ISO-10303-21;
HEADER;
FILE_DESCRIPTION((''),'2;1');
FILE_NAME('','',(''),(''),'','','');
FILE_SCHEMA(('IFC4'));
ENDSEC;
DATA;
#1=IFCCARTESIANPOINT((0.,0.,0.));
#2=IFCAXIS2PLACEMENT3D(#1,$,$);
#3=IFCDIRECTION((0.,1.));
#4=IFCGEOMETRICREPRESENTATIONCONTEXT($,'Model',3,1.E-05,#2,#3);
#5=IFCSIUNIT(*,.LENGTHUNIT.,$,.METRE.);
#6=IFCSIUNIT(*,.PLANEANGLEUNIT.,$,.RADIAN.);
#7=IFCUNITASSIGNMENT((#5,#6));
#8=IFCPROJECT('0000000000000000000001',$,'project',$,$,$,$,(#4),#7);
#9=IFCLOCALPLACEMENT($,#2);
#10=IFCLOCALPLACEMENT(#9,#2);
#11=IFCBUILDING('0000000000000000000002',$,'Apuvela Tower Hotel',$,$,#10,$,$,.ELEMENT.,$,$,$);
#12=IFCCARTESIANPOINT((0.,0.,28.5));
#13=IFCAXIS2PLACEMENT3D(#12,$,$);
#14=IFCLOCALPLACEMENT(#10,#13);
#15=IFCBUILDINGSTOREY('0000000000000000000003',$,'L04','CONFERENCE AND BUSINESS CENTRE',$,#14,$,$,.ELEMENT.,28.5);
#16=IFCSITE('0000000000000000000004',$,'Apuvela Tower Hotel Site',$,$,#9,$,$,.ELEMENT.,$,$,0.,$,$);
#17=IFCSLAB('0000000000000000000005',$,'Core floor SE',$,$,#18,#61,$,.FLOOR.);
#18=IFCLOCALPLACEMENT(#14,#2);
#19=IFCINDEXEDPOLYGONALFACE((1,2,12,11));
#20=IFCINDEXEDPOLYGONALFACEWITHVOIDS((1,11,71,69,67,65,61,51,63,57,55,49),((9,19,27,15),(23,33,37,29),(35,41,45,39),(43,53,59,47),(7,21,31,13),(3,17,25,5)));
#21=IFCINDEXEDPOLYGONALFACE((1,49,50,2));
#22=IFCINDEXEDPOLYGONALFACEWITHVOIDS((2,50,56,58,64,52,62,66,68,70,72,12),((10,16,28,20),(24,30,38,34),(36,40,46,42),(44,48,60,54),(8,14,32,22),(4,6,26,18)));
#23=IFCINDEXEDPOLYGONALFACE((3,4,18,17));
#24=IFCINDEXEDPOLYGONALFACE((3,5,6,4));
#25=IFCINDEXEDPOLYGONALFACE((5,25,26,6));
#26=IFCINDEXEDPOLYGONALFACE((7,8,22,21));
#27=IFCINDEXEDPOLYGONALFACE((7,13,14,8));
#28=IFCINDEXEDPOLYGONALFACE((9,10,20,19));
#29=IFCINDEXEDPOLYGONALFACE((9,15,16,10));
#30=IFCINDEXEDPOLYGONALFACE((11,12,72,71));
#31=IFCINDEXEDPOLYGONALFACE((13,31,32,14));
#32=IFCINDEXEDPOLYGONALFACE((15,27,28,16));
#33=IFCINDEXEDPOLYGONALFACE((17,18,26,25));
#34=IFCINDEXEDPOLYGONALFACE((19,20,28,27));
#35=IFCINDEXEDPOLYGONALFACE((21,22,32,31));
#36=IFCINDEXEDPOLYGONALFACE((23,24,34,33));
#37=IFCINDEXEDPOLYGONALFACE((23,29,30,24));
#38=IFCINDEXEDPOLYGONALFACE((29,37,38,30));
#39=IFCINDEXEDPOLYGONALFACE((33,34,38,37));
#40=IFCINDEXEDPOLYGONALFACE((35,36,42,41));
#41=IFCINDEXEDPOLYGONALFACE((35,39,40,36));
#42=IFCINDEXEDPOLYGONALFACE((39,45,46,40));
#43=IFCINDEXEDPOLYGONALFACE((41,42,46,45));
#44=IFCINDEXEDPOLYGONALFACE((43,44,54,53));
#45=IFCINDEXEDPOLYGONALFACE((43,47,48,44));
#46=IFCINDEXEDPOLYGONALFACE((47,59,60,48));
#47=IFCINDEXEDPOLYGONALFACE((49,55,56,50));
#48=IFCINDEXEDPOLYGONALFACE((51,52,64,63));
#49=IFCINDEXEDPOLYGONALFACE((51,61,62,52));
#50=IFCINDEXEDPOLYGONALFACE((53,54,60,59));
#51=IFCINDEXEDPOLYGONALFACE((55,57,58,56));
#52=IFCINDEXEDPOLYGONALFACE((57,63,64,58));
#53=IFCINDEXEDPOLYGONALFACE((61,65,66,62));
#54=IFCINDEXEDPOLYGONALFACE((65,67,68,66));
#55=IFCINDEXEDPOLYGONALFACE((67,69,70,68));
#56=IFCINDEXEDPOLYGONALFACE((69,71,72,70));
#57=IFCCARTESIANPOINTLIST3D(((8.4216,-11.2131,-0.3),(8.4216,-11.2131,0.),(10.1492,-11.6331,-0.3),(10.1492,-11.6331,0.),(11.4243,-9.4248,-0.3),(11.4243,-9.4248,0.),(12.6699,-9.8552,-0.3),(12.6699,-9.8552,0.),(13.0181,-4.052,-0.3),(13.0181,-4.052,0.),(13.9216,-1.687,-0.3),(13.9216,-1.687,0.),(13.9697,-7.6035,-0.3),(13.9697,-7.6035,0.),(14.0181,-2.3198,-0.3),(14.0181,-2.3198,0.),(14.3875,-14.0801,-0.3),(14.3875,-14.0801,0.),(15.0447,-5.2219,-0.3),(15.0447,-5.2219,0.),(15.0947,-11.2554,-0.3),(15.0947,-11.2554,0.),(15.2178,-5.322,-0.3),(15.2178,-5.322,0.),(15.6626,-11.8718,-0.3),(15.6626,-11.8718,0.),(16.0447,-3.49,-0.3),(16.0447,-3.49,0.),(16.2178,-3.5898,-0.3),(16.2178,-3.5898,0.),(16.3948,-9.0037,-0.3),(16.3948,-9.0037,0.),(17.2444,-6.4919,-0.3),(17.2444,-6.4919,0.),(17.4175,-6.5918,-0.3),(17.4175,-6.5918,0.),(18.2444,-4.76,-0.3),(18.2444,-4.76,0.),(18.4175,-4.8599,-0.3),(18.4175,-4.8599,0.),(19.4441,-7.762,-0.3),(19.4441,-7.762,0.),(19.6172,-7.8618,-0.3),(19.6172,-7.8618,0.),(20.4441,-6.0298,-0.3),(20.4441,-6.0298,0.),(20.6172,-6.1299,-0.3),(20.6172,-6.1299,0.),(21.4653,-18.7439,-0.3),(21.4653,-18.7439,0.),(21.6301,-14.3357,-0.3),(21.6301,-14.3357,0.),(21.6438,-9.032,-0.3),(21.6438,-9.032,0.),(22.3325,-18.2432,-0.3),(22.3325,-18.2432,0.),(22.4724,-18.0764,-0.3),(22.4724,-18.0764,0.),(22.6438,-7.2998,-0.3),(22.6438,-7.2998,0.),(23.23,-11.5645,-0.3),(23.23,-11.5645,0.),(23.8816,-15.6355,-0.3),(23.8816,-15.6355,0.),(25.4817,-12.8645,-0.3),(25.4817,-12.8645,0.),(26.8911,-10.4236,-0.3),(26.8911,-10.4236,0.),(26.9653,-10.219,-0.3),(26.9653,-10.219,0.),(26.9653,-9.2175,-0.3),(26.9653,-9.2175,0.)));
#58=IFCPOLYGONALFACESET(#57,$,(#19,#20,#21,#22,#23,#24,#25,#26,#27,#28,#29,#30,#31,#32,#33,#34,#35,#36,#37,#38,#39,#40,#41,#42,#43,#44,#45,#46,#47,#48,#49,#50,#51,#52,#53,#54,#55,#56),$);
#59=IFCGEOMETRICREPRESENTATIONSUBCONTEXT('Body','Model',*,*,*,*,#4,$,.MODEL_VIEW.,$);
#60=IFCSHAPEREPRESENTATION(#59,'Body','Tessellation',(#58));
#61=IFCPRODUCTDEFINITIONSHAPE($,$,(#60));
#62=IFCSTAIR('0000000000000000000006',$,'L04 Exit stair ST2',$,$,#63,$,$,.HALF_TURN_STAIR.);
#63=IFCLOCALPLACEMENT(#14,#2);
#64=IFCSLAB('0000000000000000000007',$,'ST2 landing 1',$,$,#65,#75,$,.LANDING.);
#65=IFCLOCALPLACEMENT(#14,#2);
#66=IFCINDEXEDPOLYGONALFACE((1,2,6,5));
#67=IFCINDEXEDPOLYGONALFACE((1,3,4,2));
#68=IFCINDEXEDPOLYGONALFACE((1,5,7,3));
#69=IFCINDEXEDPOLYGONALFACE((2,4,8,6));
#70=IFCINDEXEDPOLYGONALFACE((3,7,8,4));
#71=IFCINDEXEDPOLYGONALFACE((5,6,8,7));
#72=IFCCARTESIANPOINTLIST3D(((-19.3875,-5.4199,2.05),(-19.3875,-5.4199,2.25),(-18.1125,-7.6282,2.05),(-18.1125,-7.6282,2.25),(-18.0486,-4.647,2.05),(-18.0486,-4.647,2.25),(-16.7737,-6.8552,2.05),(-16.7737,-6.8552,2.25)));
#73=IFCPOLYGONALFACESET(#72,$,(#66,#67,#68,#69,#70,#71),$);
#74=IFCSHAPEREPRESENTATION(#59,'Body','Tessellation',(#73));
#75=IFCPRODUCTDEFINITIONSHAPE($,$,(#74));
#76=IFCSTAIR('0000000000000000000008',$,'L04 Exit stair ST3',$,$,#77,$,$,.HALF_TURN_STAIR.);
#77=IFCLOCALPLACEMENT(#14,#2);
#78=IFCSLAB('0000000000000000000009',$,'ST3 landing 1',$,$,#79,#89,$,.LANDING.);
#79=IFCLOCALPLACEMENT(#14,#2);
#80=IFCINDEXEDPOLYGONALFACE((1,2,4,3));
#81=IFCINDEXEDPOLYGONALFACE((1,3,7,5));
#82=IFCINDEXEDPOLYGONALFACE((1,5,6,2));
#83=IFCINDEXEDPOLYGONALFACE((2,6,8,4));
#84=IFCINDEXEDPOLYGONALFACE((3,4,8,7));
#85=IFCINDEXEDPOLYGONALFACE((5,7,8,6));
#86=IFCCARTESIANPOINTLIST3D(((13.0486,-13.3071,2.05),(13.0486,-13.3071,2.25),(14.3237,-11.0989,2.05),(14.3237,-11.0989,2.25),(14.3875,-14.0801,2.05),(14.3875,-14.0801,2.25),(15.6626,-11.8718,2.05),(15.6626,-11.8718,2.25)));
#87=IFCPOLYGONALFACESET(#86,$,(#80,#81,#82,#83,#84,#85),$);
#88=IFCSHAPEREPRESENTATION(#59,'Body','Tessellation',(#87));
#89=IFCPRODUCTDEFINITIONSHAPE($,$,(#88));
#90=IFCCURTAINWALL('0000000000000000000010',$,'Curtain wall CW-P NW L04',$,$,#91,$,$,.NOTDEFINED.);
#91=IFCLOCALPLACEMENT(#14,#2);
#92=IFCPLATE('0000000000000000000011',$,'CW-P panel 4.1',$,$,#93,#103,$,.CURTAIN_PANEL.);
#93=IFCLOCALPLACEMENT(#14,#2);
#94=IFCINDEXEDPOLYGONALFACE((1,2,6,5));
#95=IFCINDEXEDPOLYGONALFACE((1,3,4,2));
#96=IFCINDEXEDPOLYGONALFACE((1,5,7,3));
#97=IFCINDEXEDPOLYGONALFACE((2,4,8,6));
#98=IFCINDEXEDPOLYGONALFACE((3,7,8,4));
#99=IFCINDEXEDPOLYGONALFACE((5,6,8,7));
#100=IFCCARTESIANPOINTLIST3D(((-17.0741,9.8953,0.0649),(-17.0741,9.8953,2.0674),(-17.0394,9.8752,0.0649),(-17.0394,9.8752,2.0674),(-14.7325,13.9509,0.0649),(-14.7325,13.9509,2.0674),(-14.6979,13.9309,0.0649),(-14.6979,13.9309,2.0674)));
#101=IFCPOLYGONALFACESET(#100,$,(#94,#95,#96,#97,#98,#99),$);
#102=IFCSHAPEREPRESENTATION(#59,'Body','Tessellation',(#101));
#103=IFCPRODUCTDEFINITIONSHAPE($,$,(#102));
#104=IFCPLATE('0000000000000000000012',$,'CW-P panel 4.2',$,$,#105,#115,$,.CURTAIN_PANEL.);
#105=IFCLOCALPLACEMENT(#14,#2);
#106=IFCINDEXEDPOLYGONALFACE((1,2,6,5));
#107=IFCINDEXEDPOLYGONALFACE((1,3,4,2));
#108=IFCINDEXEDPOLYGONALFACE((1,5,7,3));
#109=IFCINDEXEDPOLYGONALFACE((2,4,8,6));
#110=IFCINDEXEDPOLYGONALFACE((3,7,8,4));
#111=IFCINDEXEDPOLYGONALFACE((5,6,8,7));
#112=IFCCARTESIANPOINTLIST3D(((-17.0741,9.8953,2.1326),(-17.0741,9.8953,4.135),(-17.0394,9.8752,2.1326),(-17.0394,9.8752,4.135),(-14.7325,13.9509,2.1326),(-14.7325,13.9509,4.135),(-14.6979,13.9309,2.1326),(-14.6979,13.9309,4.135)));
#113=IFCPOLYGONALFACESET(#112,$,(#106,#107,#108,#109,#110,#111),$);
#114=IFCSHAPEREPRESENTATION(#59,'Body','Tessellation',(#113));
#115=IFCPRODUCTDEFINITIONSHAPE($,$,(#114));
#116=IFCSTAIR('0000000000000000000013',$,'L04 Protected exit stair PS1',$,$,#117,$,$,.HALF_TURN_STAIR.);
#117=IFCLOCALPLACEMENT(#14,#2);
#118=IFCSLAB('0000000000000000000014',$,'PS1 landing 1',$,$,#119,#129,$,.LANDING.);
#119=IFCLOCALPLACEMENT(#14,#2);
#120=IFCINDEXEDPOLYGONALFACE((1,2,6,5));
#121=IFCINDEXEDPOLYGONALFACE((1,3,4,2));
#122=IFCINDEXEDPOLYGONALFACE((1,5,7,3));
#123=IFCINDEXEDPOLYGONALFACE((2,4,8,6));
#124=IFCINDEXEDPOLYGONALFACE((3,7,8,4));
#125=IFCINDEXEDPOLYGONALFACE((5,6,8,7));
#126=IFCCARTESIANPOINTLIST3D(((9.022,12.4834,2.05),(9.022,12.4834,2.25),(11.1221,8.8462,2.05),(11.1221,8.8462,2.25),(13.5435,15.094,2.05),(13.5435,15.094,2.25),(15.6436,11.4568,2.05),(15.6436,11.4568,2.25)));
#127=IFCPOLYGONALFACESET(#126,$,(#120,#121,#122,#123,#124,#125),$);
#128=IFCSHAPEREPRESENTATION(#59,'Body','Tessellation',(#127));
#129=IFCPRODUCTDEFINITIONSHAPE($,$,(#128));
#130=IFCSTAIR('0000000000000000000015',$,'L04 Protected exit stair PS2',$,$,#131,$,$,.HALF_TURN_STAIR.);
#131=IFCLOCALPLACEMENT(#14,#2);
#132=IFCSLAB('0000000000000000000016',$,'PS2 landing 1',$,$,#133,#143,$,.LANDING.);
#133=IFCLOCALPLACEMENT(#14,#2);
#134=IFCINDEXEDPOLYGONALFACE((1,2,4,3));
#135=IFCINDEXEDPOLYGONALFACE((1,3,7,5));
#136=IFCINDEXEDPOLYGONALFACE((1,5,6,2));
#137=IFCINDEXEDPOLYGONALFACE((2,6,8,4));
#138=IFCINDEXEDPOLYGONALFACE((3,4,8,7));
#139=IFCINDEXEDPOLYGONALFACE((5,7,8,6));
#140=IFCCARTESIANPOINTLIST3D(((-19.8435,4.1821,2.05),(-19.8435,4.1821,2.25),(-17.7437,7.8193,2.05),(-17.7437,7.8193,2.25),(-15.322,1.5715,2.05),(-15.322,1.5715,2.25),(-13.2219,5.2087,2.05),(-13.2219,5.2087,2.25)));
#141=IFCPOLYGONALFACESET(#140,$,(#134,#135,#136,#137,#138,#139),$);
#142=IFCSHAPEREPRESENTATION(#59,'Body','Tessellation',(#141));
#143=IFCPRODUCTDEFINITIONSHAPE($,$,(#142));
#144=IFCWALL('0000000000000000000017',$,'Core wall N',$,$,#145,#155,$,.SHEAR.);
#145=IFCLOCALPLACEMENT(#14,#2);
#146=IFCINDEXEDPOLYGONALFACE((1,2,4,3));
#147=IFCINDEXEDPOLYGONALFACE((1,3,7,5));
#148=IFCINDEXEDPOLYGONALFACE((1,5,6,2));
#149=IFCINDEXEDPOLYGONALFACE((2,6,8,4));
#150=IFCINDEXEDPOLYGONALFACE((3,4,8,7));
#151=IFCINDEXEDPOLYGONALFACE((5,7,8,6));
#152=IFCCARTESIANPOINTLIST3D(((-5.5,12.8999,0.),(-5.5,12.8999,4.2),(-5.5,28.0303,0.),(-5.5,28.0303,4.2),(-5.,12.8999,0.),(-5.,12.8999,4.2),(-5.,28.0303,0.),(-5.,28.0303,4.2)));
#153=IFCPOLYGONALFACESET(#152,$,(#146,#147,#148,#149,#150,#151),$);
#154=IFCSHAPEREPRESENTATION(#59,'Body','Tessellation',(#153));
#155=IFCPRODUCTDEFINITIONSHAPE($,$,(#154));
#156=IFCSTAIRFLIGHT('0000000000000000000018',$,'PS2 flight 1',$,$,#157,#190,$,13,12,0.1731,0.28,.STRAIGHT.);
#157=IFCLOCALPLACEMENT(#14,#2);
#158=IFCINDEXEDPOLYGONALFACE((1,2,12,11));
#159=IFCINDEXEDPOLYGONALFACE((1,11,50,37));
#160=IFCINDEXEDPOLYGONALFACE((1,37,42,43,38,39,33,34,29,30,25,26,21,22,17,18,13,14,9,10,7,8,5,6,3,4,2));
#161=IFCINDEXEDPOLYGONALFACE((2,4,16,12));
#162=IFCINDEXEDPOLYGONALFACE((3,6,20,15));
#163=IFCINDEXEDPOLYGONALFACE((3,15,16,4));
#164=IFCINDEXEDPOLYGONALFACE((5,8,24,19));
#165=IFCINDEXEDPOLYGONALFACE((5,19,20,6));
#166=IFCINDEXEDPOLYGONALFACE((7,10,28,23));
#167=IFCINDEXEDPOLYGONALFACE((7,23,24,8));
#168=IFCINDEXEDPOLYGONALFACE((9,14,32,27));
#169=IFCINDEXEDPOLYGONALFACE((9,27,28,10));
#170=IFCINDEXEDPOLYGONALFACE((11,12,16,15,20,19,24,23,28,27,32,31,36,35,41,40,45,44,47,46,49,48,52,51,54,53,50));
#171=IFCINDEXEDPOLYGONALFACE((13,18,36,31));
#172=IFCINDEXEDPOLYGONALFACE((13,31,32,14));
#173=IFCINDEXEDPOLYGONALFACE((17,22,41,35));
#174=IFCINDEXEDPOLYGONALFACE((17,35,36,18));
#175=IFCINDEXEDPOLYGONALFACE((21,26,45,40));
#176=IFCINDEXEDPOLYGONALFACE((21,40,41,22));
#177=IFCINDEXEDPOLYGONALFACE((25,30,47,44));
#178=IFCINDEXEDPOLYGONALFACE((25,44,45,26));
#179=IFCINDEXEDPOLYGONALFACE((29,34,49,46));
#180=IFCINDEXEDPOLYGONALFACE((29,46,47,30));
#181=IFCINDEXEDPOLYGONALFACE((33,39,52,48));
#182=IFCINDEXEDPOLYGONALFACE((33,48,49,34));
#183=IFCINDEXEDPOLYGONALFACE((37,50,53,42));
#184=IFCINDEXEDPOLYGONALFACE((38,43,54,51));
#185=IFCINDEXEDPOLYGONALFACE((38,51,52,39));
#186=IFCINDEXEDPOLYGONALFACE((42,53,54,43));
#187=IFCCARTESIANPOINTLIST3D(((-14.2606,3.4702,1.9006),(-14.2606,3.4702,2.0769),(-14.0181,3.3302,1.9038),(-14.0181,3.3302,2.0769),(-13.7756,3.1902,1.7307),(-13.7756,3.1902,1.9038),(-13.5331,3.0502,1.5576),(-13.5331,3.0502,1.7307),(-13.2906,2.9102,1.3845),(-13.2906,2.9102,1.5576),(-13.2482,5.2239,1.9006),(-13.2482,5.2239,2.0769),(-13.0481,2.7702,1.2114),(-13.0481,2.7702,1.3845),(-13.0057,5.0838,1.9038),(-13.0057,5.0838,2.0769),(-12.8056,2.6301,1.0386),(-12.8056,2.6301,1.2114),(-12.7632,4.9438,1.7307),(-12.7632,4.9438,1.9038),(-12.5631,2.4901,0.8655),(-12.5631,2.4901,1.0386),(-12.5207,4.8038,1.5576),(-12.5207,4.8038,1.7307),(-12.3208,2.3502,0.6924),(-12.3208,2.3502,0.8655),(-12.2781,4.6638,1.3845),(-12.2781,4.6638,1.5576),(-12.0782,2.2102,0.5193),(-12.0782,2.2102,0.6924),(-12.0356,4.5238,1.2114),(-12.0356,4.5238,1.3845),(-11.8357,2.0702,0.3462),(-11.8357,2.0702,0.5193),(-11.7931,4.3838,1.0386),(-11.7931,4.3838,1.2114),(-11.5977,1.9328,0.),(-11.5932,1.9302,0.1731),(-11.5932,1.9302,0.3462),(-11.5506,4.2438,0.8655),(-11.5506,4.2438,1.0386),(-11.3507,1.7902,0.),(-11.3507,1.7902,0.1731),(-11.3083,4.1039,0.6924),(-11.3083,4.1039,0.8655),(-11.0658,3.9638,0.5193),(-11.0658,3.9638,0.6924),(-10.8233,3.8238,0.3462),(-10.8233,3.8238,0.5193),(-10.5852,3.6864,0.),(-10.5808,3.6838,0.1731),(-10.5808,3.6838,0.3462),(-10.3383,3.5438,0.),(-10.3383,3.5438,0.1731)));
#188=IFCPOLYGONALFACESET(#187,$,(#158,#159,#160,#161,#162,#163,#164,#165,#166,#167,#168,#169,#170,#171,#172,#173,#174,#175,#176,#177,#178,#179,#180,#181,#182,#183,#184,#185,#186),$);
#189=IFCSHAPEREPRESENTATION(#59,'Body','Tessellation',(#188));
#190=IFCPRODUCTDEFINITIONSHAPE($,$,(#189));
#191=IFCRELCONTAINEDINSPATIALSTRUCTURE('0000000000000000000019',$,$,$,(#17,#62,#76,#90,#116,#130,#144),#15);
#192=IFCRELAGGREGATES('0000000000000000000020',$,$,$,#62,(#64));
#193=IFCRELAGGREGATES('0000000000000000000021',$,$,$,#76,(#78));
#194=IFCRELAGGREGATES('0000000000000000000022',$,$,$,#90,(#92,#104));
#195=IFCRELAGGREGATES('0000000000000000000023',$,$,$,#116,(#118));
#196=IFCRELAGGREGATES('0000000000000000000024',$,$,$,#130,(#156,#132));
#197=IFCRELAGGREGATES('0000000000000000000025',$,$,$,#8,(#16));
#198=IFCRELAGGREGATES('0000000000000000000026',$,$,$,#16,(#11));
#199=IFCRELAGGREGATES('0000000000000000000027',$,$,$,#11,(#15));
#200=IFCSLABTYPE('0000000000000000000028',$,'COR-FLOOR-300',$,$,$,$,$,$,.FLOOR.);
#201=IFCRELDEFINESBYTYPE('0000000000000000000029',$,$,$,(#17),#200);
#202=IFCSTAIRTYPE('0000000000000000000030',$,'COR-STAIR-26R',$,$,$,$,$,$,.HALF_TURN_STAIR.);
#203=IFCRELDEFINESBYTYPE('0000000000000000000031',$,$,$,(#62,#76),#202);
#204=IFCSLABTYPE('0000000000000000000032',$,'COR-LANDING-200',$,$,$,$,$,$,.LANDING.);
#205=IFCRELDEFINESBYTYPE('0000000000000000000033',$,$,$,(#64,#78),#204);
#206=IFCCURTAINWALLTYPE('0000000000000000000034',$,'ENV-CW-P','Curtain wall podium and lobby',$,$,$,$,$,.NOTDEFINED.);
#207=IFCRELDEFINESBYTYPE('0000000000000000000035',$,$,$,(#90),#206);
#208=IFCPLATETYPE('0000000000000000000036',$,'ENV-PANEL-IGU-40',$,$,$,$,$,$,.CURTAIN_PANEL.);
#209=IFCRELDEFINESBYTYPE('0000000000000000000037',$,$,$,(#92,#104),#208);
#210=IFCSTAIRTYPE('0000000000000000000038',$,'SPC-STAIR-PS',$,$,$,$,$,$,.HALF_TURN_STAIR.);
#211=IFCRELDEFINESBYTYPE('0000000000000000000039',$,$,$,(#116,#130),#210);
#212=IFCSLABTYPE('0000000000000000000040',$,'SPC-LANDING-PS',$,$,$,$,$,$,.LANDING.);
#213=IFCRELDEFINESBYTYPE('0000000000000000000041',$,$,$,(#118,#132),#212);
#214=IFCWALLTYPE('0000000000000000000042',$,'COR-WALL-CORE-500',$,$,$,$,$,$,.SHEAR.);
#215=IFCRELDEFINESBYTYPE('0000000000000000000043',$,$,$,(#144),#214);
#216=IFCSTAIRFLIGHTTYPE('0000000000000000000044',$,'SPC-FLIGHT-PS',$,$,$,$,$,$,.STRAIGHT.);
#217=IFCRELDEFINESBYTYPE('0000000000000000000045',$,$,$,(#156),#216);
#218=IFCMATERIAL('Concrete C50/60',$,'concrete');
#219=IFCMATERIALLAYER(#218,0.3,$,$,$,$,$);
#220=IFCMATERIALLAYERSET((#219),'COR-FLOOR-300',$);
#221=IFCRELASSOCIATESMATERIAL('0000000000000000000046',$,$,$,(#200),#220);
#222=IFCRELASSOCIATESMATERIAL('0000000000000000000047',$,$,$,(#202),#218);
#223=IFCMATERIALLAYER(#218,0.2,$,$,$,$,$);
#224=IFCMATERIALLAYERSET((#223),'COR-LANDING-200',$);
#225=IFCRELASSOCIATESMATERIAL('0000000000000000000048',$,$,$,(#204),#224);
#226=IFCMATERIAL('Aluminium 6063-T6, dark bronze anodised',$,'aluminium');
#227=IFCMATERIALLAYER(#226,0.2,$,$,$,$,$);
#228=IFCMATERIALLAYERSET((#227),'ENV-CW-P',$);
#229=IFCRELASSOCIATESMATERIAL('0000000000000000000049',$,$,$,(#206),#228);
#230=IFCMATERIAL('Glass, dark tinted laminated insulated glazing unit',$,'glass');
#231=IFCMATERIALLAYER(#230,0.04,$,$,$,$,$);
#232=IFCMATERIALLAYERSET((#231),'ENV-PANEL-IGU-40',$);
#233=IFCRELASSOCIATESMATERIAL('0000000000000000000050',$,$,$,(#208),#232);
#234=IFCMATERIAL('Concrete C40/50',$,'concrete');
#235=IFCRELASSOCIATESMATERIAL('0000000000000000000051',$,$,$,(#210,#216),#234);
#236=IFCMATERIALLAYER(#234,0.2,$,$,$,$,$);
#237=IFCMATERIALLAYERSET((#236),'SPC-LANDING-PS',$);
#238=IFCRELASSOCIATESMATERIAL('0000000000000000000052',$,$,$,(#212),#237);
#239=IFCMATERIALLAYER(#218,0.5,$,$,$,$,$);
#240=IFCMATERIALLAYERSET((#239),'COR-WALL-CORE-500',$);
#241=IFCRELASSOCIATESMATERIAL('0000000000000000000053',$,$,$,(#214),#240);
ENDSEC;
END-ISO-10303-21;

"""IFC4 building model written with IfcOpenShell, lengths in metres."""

from ifc_helpers import new_model, si_unit, direction, frame, frame_2d, origin, origin_2d, place, context, subcontext, project, spatial, polyline, rectangle, outline, extrude, material, layer, layer_set, type_object, element, aggregate, save


model = new_model("IFC4")

# Units and contexts
model_context = context("Model", 3, precision=1e-05, world=origin(), true_north=direction((0.0, 1.0)))
body_context = subcontext(model_context, "Body", "Model", "MODEL_VIEW")
ifc_project = project(units=[si_unit("LENGTHUNIT", "METRE"), si_unit("PLANEANGLEUNIT", "RADIAN")], contexts=[model_context])

# Site, building, storey
site_placement = place(None, origin())
site = spatial("IfcSite", under=ifc_project, at=site_placement, Name="Apuvela Tower Hotel Site", CompositionType="ELEMENT", RefElevation=0.0)
building_placement = place(site_placement, origin())
building = spatial("IfcBuilding", under=site, at=building_placement, Name="Apuvela Tower Hotel", CompositionType="ELEMENT")
storey_placement = place(building_placement, frame((0.0, 0.0, 28.5)))
storey = spatial("IfcBuildingStorey", under=building, at=storey_placement, Name="L04", Description="CONFERENCE AND BUSINESS CENTRE", CompositionType="ELEMENT", Elevation=28.5)

# Slab
ifc_material_1 = material(Name="Concrete C50/60", Category="concrete")
ifc_layer_1 = layer(ifc_material_1, 0.3)
ifc_layer_set_1 = layer_set([ifc_layer_1], Name="COR-FLOOR-300")
slab_type_1 = type_object("IfcSlabType", Name="COR-FLOOR-300", PredefinedType="FLOOR", material=ifc_layer_set_1)
slab_1_placement = place(storey_placement, frame((0.0, 0.0, -0.3)))
element("IfcSlab", 1, at=slab_1_placement, inside=storey, type_object=slab_type_1, Name="Core floor SE", PredefinedType="FLOOR", context=body_context, shape_type="SweptSolid", body=[
    extrude(outline(polyline([(21.4653, -18.7439), (22.3325, -18.2432), (22.4724, -18.0764), (23.8816, -15.6355), (21.6301, -14.3357), (23.23, -11.5645), (25.4817, -12.8645), (26.8911, -10.4236), (26.9653, -10.219), (26.9653, -9.2175), (13.9216, -1.687), (8.4216, -11.2131), (21.4653, -18.7439)]), holes=[polyline([(13.0181, -4.052), (14.0181, -2.3198), (16.0447, -3.49), (15.0447, -5.2219), (13.0181, -4.052)]), polyline([(17.2444, -6.4919), (15.2178, -5.322), (16.2178, -3.5898), (18.2444, -4.76), (17.2444, -6.4919)]), polyline([(14.3875, -14.0801), (10.1492, -11.6331), (11.4243, -9.4248), (15.6626, -11.8718), (14.3875, -14.0801)]), polyline([(12.6699, -9.8552), (13.9697, -7.6035), (16.3948, -9.0037), (15.0947, -11.2554), (12.6699, -9.8552)]), polyline([(19.4441, -7.762), (17.4175, -6.5918), (18.4175, -4.8599), (20.4441, -6.0298), (19.4441, -7.762)]), polyline([(21.6438, -9.032), (19.6172, -7.8618), (20.6172, -6.1299), (22.6438, -7.2998), (21.6438, -9.032)])]), origin(), (0.0, 0.0, 1.0), 0.3),
])

# Stairs, slabs
stair_type_1 = type_object("IfcStairType", Name="COR-STAIR-26R", PredefinedType="HALF_TURN_STAIR", material=ifc_material_1)
stair_1_placement = place(storey_placement, origin())
stair_1 = element("IfcStair", 2, at=stair_1_placement, inside=storey, type_object=stair_type_1, Name="L04 Exit stair ST2", PredefinedType="HALF_TURN_STAIR")
ifc_layer_2 = layer(ifc_material_1, 0.2)
ifc_layer_set_2 = layer_set([ifc_layer_2], Name="COR-LANDING-200")
slab_type_2 = type_object("IfcSlabType", Name="COR-LANDING-200", PredefinedType="LANDING", material=ifc_layer_set_2)
slab_2_placement = place(storey_placement, frame((0.0, 0.0, 2.05)))
slab_2 = element("IfcSlab", 3, at=slab_2_placement, type_object=slab_type_2, Name="ST2 landing 1", PredefinedType="LANDING", context=body_context, shape_type="SweptSolid", body=[
    extrude(outline(polyline([(-18.0486, -4.647), (-19.3875, -5.4199), (-18.1125, -7.6282), (-16.7737, -6.8552), (-18.0486, -4.647)])), origin(), (0.0, 0.0, 1.0), 0.2),
])
aggregate(stair_1, [slab_2])
stair_2_placement = place(storey_placement, origin())
stair_2 = element("IfcStair", 4, at=stair_2_placement, inside=storey, type_object=stair_type_1, Name="L04 Exit stair ST3", PredefinedType="HALF_TURN_STAIR")
slab_3_placement = place(storey_placement, frame((0.0, 0.0, 2.05)))
slab_3 = element("IfcSlab", 5, at=slab_3_placement, type_object=slab_type_2, Name="ST3 landing 1", PredefinedType="LANDING", context=body_context, shape_type="SweptSolid", body=[
    extrude(outline(polyline([(13.0486, -13.3071), (14.3875, -14.0801), (15.6626, -11.8718), (14.3237, -11.0989), (13.0486, -13.3071)])), origin(), (0.0, 0.0, 1.0), 0.2),
])
aggregate(stair_2, [slab_3])

# Curtain wall, plates
ifc_material_2 = material(Name="Aluminium 6063-T6, dark bronze anodised", Category="aluminium")
ifc_layer_3 = layer(ifc_material_2, 0.2)
ifc_layer_set_3 = layer_set([ifc_layer_3], Name="ENV-CW-P")
curtain_wall_type = type_object("IfcCurtainWallType", Name="ENV-CW-P", Description="Curtain wall podium and lobby", PredefinedType="NOTDEFINED", material=ifc_layer_set_3)
curtain_wall_placement = place(storey_placement, origin())
curtain_wall = element("IfcCurtainWall", 6, at=curtain_wall_placement, inside=storey, type_object=curtain_wall_type, Name="Curtain wall CW-P NW L04", PredefinedType="NOTDEFINED")
ifc_material_3 = material(Name="Glass, dark tinted laminated insulated glazing unit", Category="glass")
ifc_layer_4 = layer(ifc_material_3, 0.04)
ifc_layer_set_4 = layer_set([ifc_layer_4], Name="ENV-PANEL-IGU-40")
plate_type = type_object("IfcPlateType", Name="ENV-PANEL-IGU-40", PredefinedType="CURTAIN_PANEL", material=ifc_layer_set_4)
plate_1_placement = place(storey_placement, frame((-15.886, 11.9131, 0.0649), z_axis=(0.0, 0.0, 1.0), x_axis=(-0.500002, -0.866024, 0.0)))
plate_1 = element("IfcPlate", 7, at=plate_1_placement, type_object=plate_type, Name="CW-P panel 4.1", PredefinedType="CURTAIN_PANEL", context=body_context, shape_type="SweptSolid", body=[
    extrude(rectangle(XDim=4.6831, YDim=0.04, at=origin_2d()), origin(), (0.0, 0.0, 1.0), 2.0024),
])
plate_2_placement = place(storey_placement, frame((-15.886, 11.9131, 2.1326), z_axis=(0.0, 0.0, 1.0), x_axis=(-0.500002, -0.866024, 0.0)))
plate_2 = element("IfcPlate", 8, at=plate_2_placement, type_object=plate_type, Name="CW-P panel 4.2", PredefinedType="CURTAIN_PANEL", context=body_context, shape_type="SweptSolid", body=[
    extrude(rectangle(XDim=4.6831, YDim=0.04, at=origin_2d()), origin(), (0.0, 0.0, 1.0), 2.0024),
])
aggregate(curtain_wall, [plate_1, plate_2])

# Stairs, slabs
ifc_material_4 = material(Name="Concrete C40/50", Category="concrete")
stair_type_2 = type_object("IfcStairType", Name="SPC-STAIR-PS", PredefinedType="HALF_TURN_STAIR", material=ifc_material_4)
stair_3_placement = place(storey_placement, origin())
stair_3 = element("IfcStair", 9, at=stair_3_placement, inside=storey, type_object=stair_type_2, Name="L04 Protected exit stair PS1", PredefinedType="HALF_TURN_STAIR")
ifc_layer_5 = layer(ifc_material_4, 0.2)
ifc_layer_set_5 = layer_set([ifc_layer_5], Name="SPC-LANDING-PS")
slab_type_3 = type_object("IfcSlabType", Name="SPC-LANDING-PS", PredefinedType="LANDING", material=ifc_layer_set_5)
slab_4_placement = place(storey_placement, frame((0.0, 0.0, 2.05)))
slab_4 = element("IfcSlab", 10, at=slab_4_placement, type_object=slab_type_3, Name="PS1 landing 1", PredefinedType="LANDING", context=body_context, shape_type="SweptSolid", body=[
    extrude(outline(polyline([(11.1221, 8.8462), (15.6436, 11.4568), (13.5435, 15.094), (9.022, 12.4834), (11.1221, 8.8462)])), origin(), (0.0, 0.0, 1.0), 0.2),
])
aggregate(stair_3, [slab_4])
stair_4_placement = place(storey_placement, origin())
stair_4 = element("IfcStair", 11, at=stair_4_placement, inside=storey, type_object=stair_type_2, Name="L04 Protected exit stair PS2", PredefinedType="HALF_TURN_STAIR")
slab_5_placement = place(storey_placement, frame((0.0, 0.0, 2.05)))
slab_5 = element("IfcSlab", 12, at=slab_5_placement, type_object=slab_type_3, Name="PS2 landing 1", PredefinedType="LANDING", context=body_context, shape_type="SweptSolid", body=[
    extrude(outline(polyline([(-13.2219, 5.2087), (-17.7437, 7.8193), (-19.8435, 4.1821), (-15.322, 1.5715), (-13.2219, 5.2087)])), origin(), (0.0, 0.0, 1.0), 0.2),
])

# Wall
ifc_layer_6 = layer(ifc_material_1, 0.5)
ifc_layer_set_6 = layer_set([ifc_layer_6], Name="COR-WALL-CORE-500")
wall_type = type_object("IfcWallType", Name="COR-WALL-CORE-500", PredefinedType="SHEAR", material=ifc_layer_set_6)
wall_placement = place(storey_placement, frame((-5.25, 12.8999, 0.0), z_axis=(0.0, 0.0, 1.0), x_axis=(0.0, 1.0, 0.0)))
element("IfcWall", 13, at=wall_placement, inside=storey, type_object=wall_type, Name="Core wall N", PredefinedType="SHEAR", context=body_context, shape_type="SweptSolid", body=[
    extrude(rectangle(XDim=15.1304, YDim=0.5, at=frame_2d((7.5652, 0.0))), origin(), (0.0, 0.0, 1.0), 4.2),
])

# Stair flight
stair_flight_type = type_object("IfcStairFlightType", Name="SPC-FLIGHT-PS", PredefinedType="STRAIGHT", material=ifc_material_4)
stair_flight_1_placement = place(storey_placement, frame((-10.8445, 2.667, 0.0), z_axis=(0.0, 0.0, 1.0), x_axis=(-0.866025, 0.5, 0.0)))
stair_flight_1 = element("IfcStairFlight", 14, at=stair_flight_1_placement, type_object=stair_flight_type, Name="PS2 flight 1", NumberOfRisers=13, NumberOfTreads=12, PredefinedType="STRAIGHT", RiserHeight=0.1731, TreadLength=0.28, context=body_context, shape_type="SweptSolid", body=[
    extrude(outline(polyline([(0.0, 0.0), (0.0, 0.1731), (0.28, 0.1731), (0.28, 0.3462), (0.5601, 0.3462), (0.5601, 0.5193), (0.8401, 0.5193), (0.8401, 0.6924), (1.1201, 0.6924), (1.1201, 0.8655), (1.3999, 0.8655), (1.3999, 1.0386), (1.6799, 1.0386), (1.6799, 1.2114), (1.96, 1.2114), (1.96, 1.3845), (2.24, 1.3845), (2.24, 1.5576), (2.52, 1.5576), (2.52, 1.7307), (2.8, 1.7307), (2.8, 1.9038), (3.0801, 1.9038), (3.0801, 2.0769), (3.3601, 2.0769), (3.3601, 2.25), (3.3601, 1.9006), (0.2852, 0.0), (0.0, 0.0)])), frame((0.0, 1.0125, 0.0), z_axis=(0.0, -1.0, 0.0), x_axis=(1.0, 0.0, 0.0)), (0.0, 0.0, 1.0), 2.0249),
])
aggregate(stair_4, [stair_flight_1, slab_5])

save(model, "model.ifc")
